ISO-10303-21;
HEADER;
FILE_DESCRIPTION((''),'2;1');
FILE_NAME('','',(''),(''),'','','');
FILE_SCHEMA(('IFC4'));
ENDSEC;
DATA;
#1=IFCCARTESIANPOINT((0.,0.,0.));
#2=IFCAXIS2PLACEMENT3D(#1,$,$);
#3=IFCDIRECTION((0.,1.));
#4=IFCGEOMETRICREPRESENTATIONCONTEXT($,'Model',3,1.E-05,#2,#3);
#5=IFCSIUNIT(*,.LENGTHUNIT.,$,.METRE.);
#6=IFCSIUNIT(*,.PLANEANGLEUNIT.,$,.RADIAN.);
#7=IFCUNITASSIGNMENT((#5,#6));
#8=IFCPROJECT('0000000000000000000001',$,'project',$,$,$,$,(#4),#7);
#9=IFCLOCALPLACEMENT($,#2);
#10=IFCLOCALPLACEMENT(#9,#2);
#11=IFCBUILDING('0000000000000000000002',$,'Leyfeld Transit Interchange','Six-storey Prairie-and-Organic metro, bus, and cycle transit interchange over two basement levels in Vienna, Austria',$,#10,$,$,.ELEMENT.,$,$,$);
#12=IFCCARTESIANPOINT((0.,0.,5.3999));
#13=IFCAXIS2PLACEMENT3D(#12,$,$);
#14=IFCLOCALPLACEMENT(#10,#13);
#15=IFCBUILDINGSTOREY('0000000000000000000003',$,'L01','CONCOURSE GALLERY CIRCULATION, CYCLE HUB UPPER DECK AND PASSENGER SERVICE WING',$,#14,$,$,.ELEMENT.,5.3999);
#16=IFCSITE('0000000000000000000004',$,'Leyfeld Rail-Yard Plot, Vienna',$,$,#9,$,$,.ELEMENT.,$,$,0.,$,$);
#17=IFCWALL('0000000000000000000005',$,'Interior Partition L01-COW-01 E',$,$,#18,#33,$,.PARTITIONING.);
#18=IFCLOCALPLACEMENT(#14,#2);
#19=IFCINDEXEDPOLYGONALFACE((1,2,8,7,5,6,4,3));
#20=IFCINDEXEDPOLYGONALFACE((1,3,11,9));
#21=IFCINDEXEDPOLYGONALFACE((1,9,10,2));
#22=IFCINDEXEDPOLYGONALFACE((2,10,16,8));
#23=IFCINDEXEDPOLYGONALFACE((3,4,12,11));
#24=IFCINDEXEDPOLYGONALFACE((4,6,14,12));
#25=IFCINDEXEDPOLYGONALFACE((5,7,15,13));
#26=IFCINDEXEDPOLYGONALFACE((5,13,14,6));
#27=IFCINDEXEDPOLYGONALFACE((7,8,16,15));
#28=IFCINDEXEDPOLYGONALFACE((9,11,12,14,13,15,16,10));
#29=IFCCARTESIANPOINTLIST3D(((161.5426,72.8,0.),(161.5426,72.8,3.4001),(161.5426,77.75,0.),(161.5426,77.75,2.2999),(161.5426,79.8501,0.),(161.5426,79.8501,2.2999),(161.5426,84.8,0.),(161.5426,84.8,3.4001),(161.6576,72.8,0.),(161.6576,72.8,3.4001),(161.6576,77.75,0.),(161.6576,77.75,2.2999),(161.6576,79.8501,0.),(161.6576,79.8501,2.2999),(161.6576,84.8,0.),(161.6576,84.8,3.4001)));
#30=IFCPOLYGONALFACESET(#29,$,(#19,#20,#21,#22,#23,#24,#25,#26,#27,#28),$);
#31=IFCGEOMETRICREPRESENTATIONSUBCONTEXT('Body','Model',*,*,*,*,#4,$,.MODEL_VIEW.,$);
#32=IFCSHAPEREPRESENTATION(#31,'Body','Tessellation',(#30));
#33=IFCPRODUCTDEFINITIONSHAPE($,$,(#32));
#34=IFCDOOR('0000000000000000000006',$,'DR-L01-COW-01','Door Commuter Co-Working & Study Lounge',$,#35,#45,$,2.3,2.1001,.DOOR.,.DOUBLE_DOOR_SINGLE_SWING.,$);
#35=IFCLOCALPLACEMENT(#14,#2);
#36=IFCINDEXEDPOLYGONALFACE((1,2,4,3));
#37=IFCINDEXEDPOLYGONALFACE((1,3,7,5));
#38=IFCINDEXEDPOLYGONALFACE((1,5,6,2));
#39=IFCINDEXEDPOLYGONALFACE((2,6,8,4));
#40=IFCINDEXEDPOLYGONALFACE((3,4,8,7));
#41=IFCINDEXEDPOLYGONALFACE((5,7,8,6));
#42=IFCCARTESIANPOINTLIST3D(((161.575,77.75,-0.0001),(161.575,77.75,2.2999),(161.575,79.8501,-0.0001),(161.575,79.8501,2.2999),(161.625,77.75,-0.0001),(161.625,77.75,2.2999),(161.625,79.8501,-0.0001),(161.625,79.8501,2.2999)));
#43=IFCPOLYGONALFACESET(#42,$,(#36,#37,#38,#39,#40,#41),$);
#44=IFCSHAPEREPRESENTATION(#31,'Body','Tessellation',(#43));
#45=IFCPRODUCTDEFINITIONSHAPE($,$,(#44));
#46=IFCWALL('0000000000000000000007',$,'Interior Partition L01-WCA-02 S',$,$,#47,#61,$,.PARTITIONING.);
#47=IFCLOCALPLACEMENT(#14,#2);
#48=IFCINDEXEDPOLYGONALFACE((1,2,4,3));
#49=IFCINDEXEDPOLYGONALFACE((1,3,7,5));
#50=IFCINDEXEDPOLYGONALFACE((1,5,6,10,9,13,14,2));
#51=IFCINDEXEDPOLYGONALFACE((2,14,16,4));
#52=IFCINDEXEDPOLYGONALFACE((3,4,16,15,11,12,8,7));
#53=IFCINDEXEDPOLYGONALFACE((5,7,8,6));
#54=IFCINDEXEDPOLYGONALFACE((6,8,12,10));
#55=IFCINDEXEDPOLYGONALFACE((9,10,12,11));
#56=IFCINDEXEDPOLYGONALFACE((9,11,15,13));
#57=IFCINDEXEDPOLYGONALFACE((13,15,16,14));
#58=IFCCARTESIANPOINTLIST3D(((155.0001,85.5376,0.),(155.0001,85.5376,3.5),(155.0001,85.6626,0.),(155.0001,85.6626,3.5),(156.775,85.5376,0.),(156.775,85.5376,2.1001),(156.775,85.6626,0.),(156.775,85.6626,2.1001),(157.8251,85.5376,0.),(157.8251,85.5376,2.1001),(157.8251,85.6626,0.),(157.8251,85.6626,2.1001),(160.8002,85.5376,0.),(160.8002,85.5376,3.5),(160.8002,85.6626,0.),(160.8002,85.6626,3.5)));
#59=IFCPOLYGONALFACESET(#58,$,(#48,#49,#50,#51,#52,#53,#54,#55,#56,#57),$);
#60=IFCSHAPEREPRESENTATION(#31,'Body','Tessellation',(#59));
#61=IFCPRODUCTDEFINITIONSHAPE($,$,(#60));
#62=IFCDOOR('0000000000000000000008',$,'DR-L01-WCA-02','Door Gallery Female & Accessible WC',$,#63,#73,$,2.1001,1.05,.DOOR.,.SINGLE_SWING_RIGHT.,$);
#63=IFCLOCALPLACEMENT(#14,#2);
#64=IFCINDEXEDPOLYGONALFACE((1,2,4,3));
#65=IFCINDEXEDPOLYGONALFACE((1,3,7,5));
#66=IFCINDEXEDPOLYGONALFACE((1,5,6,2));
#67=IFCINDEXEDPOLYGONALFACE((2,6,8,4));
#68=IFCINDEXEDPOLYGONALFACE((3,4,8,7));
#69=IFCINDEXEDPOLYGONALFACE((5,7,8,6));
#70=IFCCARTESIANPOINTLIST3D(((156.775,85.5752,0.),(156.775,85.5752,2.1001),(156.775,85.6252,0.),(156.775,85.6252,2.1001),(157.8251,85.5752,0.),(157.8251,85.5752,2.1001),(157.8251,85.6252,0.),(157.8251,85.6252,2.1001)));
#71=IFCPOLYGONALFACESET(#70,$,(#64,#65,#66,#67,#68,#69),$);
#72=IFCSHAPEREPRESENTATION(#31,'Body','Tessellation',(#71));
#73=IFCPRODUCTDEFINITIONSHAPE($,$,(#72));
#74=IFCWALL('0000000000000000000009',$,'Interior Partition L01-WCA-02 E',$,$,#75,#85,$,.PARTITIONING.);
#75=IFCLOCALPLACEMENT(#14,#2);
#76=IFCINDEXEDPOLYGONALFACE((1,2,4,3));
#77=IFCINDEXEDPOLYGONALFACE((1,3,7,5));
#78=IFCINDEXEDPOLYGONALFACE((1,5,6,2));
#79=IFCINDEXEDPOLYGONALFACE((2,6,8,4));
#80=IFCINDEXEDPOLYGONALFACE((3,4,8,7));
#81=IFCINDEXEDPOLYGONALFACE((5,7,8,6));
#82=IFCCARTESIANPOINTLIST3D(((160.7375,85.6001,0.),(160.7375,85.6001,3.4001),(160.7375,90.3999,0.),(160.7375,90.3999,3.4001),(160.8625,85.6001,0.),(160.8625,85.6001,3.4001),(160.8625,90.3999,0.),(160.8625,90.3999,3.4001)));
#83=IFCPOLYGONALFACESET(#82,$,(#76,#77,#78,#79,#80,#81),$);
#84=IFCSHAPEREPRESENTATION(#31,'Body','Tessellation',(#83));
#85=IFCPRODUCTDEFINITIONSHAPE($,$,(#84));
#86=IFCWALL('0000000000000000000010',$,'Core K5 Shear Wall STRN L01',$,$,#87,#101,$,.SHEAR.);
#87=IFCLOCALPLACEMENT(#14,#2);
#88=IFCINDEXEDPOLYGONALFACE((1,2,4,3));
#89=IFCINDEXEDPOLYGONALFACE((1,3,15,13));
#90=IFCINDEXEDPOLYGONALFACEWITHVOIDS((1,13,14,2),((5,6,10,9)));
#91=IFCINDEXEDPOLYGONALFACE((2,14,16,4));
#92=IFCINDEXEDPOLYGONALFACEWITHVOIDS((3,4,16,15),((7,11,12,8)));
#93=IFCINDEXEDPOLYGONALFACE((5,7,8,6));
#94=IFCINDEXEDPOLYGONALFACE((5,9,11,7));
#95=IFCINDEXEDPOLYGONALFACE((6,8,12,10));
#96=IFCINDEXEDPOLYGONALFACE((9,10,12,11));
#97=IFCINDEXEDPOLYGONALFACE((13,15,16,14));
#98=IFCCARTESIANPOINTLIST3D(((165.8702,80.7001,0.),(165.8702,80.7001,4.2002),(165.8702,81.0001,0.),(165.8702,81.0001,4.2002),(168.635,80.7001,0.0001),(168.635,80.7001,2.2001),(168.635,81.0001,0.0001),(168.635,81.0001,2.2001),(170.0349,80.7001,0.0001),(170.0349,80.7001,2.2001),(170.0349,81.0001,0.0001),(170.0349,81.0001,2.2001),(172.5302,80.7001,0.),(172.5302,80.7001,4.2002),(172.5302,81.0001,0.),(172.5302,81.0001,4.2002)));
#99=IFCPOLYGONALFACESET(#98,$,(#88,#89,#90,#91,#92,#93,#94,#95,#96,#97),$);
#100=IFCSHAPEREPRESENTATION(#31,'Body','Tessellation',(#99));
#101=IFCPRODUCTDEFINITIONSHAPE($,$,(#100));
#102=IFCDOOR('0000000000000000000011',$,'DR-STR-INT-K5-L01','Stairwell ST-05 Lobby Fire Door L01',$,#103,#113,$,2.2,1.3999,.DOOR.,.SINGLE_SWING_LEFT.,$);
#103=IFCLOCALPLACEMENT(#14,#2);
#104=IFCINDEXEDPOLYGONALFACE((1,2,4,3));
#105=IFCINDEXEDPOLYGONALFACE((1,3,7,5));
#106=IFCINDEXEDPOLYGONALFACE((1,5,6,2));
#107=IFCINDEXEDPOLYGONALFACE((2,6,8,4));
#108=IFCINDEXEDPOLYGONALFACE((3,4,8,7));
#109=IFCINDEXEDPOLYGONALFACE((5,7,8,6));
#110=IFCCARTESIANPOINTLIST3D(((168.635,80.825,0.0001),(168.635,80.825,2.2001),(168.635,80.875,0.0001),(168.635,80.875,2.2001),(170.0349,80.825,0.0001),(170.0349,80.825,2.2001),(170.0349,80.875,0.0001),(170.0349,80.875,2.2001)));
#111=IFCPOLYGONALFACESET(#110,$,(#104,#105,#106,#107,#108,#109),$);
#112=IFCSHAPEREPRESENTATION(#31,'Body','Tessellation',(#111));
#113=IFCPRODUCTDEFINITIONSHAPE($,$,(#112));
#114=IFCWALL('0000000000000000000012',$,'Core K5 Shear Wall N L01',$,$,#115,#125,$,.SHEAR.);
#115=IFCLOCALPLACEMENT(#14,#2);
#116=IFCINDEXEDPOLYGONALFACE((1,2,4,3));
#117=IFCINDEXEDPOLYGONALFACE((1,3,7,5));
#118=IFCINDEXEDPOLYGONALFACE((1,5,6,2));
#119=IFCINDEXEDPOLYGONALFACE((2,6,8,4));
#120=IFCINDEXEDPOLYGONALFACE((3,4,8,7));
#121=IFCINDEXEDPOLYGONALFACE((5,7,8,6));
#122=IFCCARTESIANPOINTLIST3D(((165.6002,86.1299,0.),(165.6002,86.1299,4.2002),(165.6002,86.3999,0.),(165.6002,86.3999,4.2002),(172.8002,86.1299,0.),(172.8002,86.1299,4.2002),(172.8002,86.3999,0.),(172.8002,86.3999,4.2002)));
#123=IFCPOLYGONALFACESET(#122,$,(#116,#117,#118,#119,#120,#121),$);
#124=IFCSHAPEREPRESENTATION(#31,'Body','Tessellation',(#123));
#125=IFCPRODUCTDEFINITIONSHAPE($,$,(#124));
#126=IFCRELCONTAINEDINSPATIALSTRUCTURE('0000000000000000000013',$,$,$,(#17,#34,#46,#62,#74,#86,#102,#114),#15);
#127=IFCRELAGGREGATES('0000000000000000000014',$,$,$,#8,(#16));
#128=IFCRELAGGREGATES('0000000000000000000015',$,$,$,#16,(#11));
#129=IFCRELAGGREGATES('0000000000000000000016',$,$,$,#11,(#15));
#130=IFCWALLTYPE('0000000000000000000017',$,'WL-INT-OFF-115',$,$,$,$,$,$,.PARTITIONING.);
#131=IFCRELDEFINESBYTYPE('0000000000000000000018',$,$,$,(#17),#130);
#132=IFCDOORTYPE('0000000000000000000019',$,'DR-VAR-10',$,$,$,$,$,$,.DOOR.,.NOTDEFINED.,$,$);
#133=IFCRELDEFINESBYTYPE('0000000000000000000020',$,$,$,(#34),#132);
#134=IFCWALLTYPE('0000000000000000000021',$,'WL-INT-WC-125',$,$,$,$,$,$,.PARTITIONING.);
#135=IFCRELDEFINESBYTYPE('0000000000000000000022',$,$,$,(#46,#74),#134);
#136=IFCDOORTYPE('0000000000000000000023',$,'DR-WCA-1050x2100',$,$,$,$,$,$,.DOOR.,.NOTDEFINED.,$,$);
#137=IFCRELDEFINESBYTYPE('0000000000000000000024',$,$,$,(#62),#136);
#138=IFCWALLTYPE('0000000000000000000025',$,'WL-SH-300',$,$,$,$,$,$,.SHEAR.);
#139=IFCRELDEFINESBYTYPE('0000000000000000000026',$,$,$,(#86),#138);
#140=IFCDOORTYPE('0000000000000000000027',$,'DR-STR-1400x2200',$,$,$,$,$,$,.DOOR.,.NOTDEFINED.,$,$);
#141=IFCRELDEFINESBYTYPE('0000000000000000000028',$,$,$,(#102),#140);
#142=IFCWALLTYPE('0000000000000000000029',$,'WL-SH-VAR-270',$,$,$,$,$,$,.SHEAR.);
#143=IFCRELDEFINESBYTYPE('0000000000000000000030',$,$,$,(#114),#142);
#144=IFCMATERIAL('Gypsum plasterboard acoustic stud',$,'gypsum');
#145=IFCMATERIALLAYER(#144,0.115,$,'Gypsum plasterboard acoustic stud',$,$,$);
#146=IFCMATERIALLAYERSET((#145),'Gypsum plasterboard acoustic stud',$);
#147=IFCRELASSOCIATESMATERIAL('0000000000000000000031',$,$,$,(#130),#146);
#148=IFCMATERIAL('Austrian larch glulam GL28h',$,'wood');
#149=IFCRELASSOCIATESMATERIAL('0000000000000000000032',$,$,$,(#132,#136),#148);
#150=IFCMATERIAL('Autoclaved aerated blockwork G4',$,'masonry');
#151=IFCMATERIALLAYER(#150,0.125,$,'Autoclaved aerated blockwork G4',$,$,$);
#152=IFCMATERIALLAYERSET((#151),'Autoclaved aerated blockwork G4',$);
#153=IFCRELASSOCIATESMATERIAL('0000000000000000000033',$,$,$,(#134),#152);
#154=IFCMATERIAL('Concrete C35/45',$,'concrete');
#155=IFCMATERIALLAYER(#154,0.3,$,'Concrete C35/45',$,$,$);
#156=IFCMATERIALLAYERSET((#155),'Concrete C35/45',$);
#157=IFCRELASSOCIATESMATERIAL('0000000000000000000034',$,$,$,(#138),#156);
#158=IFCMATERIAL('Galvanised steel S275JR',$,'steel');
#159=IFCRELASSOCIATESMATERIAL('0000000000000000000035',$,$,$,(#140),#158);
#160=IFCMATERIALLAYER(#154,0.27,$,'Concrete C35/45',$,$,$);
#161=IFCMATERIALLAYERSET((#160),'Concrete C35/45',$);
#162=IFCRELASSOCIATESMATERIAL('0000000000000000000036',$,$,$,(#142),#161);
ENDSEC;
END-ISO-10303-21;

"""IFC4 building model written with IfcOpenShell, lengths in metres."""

from ifc_helpers import new_model, si_unit, direction, frame, frame_2d, origin, place, context, subcontext, project, spatial, rectangle, extrude, material, layer, layer_set, type_object, element, fill, save


model = new_model("IFC4")

# Units and contexts
model_context = context("Model", 3, precision=1e-05, world=origin(), true_north=direction((0.0, 1.0)))
body_context = subcontext(model_context, "Body", "Model", "MODEL_VIEW")
ifc_project = project(units=[si_unit("LENGTHUNIT", "METRE"), si_unit("PLANEANGLEUNIT", "RADIAN")], contexts=[model_context])

# Site, building, storey
site_placement = place(None, origin())
site = spatial("IfcSite", under=ifc_project, at=site_placement, Name="Leyfeld Rail-Yard Plot, Vienna", CompositionType="ELEMENT", RefElevation=0.0)
building_placement = place(site_placement, origin())
building = spatial("IfcBuilding", under=site, at=building_placement, Name="Leyfeld Transit Interchange", Description="Six-storey Prairie-and-Organic metro, bus, and cycle transit interchange over two basement levels in Vienna, Austria", CompositionType="ELEMENT")
storey_placement = place(building_placement, frame((0.0, 0.0, 5.3999)))
storey = spatial("IfcBuildingStorey", under=building, at=storey_placement, Name="L01", Description="CONCOURSE GALLERY CIRCULATION, CYCLE HUB UPPER DECK AND PASSENGER SERVICE WING", CompositionType="ELEMENT", Elevation=5.3999)

# Shared definitions
ifc_material_1 = material(Name="Concrete C35/45", Category="concrete")

# Walls, openings, doors
ifc_material_2 = material(Name="Gypsum plasterboard acoustic stud", Category="gypsum")
ifc_layer_1 = layer(ifc_material_2, 0.115, Name="Gypsum plasterboard acoustic stud")
ifc_layer_set_1 = layer_set([ifc_layer_1], Name="Gypsum plasterboard acoustic stud")
wall_type_1 = type_object("IfcWallType", Name="WL-INT-OFF-115", PredefinedType="PARTITIONING", material=ifc_layer_set_1)
wall_1_placement = place(storey_placement, frame((161.6001, 84.8, 0.0), z_axis=(0.0, 0.0, 1.0), x_axis=(0.0, -1.0, 0.0)))
wall_1 = element("IfcWall", 1, at=wall_1_placement, inside=storey, type_object=wall_type_1, Name="Interior Partition L01-COW-01 E", PredefinedType="PARTITIONING", context=body_context, shape_type="SweptSolid", body=[
    extrude(rectangle(XDim=12.0, YDim=0.115, at=frame_2d((6.0, 0.0))), origin(), (0.0, 0.0, 1.0), 3.4001),
])
opening_1_placement = place(wall_1_placement, frame((4.95, 0.0, 0.0)))
opening_1 = element("IfcOpeningElement", 2, at=opening_1_placement, cuts=wall_1, PredefinedType="OPENING", context=body_context, shape_type="SweptSolid", body=[
    extrude(rectangle(XDim=2.1001, YDim=2.3, at=frame_2d((1.05, 1.1499))), frame((0.0, 0.0674, 0.0), z_axis=(0.0, -1.0, 0.0), x_axis=(1.0, 0.0, 0.0)), (0.0, 0.0, 1.0), 0.135),
])
ifc_material_3 = material(Name="Austrian larch glulam GL28h", Category="wood")
door_type_1 = type_object("IfcDoorType", Name="DR-VAR-10", OperationType="NOTDEFINED", PredefinedType="DOOR", material=ifc_material_3)
door_1_placement = place(opening_1_placement, origin())
door_1 = element("IfcDoor", 3, at=door_1_placement, inside=storey, type_object=door_type_1, Name="DR-L01-COW-01", Description="Door Commuter Co-Working & Study Lounge", OperationType="DOUBLE_DOOR_SINGLE_SWING", OverallHeight=2.3, OverallWidth=2.1001, PredefinedType="DOOR", context=body_context, shape_type="SweptSolid", body=[
    extrude(rectangle(XDim=2.1001, YDim=2.3, at=frame_2d((1.05, 1.1499))), frame((0.0, 0.0249, 0.0), z_axis=(0.0, -1.0, 0.0), x_axis=(1.0, 0.0, 0.0)), (0.0, 0.0, 1.0), 0.05),
])
fill(opening_1, door_1)
ifc_material_4 = material(Name="Autoclaved aerated blockwork G4", Category="masonry")
ifc_layer_2 = layer(ifc_material_4, 0.125, Name="Autoclaved aerated blockwork G4")
ifc_layer_set_2 = layer_set([ifc_layer_2], Name="Autoclaved aerated blockwork G4")
wall_type_2 = type_object("IfcWallType", Name="WL-INT-WC-125", PredefinedType="PARTITIONING", material=ifc_layer_set_2)
wall_2_placement = place(storey_placement, frame((160.8, 85.6001, 0.0), z_axis=(0.0, 0.0, 1.0), x_axis=(-1.0, 0.0, 0.0)))
wall_2 = element("IfcWall", 4, at=wall_2_placement, inside=storey, type_object=wall_type_2, Name="Interior Partition L01-WCA-02 S", PredefinedType="PARTITIONING", context=body_context, shape_type="SweptSolid", body=[
    extrude(rectangle(XDim=5.8, YDim=0.125, at=frame_2d((2.8999, 0.0))), origin(), (0.0, 0.0, 1.0), 3.5),
])
opening_2_placement = place(wall_2_placement, frame((2.9751, 0.0, 0.0)))
opening_2 = element("IfcOpeningElement", 5, at=opening_2_placement, cuts=wall_2, PredefinedType="OPENING", context=body_context, shape_type="SweptSolid", body=[
    extrude(rectangle(XDim=1.05, YDim=2.1001, at=frame_2d((0.5249, 1.05))), frame((0.0, 0.0725, 0.0), z_axis=(0.0, -1.0, 0.0), x_axis=(1.0, 0.0, 0.0)), (0.0, 0.0, 1.0), 0.145),
])
door_type_2 = type_object("IfcDoorType", Name="DR-WCA-1050x2100", OperationType="NOTDEFINED", PredefinedType="DOOR", material=ifc_material_3)
door_2_placement = place(opening_2_placement, origin())
door_2 = element("IfcDoor", 6, at=door_2_placement, inside=storey, type_object=door_type_2, Name="DR-L01-WCA-02", Description="Door Gallery Female & Accessible WC", OperationType="SINGLE_SWING_RIGHT", OverallHeight=2.1001, OverallWidth=1.05, PredefinedType="DOOR", context=body_context, shape_type="SweptSolid", body=[
    extrude(rectangle(XDim=1.05, YDim=2.1001, at=frame_2d((0.5249, 1.05))), frame((0.0, 0.0249, 0.0), z_axis=(0.0, -1.0, 0.0), x_axis=(1.0, 0.0, 0.0)), (0.0, 0.0, 1.0), 0.05),
])
fill(opening_2, door_2)

# Wall
wall_3_placement = place(storey_placement, frame((160.8, 90.3999, 0.0), z_axis=(0.0, 0.0, 1.0), x_axis=(0.0, -1.0, 0.0)))
element("IfcWall", 7, at=wall_3_placement, inside=storey, type_object=wall_type_2, Name="Interior Partition L01-WCA-02 E", PredefinedType="PARTITIONING", context=body_context, shape_type="SweptSolid", body=[
    extrude(rectangle(XDim=4.7998, YDim=0.125, at=frame_2d((2.3999, 0.0))), origin(), (0.0, 0.0, 1.0), 3.4001),
])

# Wall, opening, door
ifc_layer_3 = layer(ifc_material_1, 0.3, Name="Concrete C35/45")
ifc_layer_set_3 = layer_set([ifc_layer_3], Name="Concrete C35/45")
wall_type_3 = type_object("IfcWallType", Name="WL-SH-300", PredefinedType="SHEAR", material=ifc_layer_set_3)
wall_4_placement = place(storey_placement, frame((165.8701, 80.8501, 0.0), z_axis=(0.0, 0.0, 1.0), x_axis=(1.0, 0.0, 0.0)))
wall_4 = element("IfcWall", 8, at=wall_4_placement, inside=storey, type_object=wall_type_3, Name="Core K5 Shear Wall STRN L01", PredefinedType="SHEAR", context=body_context, shape_type="SweptSolid", body=[
    extrude(rectangle(XDim=6.6599, YDim=0.3, at=frame_2d((3.3301, 0.0))), origin(), (0.0, 0.0, 1.0), 4.2002),
])
opening_3_placement = place(wall_4_placement, frame((2.7649, 0.0, 0.0)))
opening_3 = element("IfcOpeningElement", 9, at=opening_3_placement, cuts=wall_4, PredefinedType="OPENING", context=body_context, shape_type="SweptSolid", body=[
    extrude(rectangle(XDim=1.3999, YDim=2.2, at=frame_2d((0.7, 1.1001))), frame((0.0, 0.1599, 0.0), z_axis=(0.0, -1.0, 0.0), x_axis=(1.0, 0.0, 0.0)), (0.0, 0.0, 1.0), 0.3201),
])
ifc_material_5 = material(Name="Galvanised steel S275JR", Category="steel")
door_type_3 = type_object("IfcDoorType", Name="DR-STR-1400x2200", OperationType="NOTDEFINED", PredefinedType="DOOR", material=ifc_material_5)
door_3_placement = place(opening_3_placement, origin())
door_3 = element("IfcDoor", 10, at=door_3_placement, inside=storey, type_object=door_type_3, Name="DR-STR-INT-K5-L01", Description="Stairwell ST-05 Lobby Fire Door L01", OperationType="SINGLE_SWING_LEFT", OverallHeight=2.2, OverallWidth=1.3999, PredefinedType="DOOR", context=body_context, shape_type="SweptSolid", body=[
    extrude(rectangle(XDim=1.3999, YDim=2.2, at=frame_2d((0.7, 1.1001))), frame((0.0, 0.0249, 0.0), z_axis=(0.0, -1.0, 0.0), x_axis=(1.0, 0.0, 0.0)), (0.0, 0.0, 1.0), 0.05),
])
fill(opening_3, door_3)

# Wall
ifc_layer_4 = layer(ifc_material_1, 0.27, Name="Concrete C35/45")
ifc_layer_set_4 = layer_set([ifc_layer_4], Name="Concrete C35/45")
wall_type_4 = type_object("IfcWallType", Name="WL-SH-VAR-270", PredefinedType="SHEAR", material=ifc_layer_set_4)
wall_5_placement = place(storey_placement, frame((165.6001, 86.2649, 0.0), z_axis=(0.0, 0.0, 1.0), x_axis=(1.0, 0.0, 0.0)))
element("IfcWall", 11, at=wall_5_placement, inside=storey, type_object=wall_type_4, Name="Core K5 Shear Wall N L01", PredefinedType="SHEAR", context=body_context, shape_type="SweptSolid", body=[
    extrude(rectangle(XDim=7.2, YDim=0.27, at=frame_2d((3.6001, 0.0))), origin(), (0.0, 0.0, 1.0), 4.2002),
])

save(model, "model.ifc")
